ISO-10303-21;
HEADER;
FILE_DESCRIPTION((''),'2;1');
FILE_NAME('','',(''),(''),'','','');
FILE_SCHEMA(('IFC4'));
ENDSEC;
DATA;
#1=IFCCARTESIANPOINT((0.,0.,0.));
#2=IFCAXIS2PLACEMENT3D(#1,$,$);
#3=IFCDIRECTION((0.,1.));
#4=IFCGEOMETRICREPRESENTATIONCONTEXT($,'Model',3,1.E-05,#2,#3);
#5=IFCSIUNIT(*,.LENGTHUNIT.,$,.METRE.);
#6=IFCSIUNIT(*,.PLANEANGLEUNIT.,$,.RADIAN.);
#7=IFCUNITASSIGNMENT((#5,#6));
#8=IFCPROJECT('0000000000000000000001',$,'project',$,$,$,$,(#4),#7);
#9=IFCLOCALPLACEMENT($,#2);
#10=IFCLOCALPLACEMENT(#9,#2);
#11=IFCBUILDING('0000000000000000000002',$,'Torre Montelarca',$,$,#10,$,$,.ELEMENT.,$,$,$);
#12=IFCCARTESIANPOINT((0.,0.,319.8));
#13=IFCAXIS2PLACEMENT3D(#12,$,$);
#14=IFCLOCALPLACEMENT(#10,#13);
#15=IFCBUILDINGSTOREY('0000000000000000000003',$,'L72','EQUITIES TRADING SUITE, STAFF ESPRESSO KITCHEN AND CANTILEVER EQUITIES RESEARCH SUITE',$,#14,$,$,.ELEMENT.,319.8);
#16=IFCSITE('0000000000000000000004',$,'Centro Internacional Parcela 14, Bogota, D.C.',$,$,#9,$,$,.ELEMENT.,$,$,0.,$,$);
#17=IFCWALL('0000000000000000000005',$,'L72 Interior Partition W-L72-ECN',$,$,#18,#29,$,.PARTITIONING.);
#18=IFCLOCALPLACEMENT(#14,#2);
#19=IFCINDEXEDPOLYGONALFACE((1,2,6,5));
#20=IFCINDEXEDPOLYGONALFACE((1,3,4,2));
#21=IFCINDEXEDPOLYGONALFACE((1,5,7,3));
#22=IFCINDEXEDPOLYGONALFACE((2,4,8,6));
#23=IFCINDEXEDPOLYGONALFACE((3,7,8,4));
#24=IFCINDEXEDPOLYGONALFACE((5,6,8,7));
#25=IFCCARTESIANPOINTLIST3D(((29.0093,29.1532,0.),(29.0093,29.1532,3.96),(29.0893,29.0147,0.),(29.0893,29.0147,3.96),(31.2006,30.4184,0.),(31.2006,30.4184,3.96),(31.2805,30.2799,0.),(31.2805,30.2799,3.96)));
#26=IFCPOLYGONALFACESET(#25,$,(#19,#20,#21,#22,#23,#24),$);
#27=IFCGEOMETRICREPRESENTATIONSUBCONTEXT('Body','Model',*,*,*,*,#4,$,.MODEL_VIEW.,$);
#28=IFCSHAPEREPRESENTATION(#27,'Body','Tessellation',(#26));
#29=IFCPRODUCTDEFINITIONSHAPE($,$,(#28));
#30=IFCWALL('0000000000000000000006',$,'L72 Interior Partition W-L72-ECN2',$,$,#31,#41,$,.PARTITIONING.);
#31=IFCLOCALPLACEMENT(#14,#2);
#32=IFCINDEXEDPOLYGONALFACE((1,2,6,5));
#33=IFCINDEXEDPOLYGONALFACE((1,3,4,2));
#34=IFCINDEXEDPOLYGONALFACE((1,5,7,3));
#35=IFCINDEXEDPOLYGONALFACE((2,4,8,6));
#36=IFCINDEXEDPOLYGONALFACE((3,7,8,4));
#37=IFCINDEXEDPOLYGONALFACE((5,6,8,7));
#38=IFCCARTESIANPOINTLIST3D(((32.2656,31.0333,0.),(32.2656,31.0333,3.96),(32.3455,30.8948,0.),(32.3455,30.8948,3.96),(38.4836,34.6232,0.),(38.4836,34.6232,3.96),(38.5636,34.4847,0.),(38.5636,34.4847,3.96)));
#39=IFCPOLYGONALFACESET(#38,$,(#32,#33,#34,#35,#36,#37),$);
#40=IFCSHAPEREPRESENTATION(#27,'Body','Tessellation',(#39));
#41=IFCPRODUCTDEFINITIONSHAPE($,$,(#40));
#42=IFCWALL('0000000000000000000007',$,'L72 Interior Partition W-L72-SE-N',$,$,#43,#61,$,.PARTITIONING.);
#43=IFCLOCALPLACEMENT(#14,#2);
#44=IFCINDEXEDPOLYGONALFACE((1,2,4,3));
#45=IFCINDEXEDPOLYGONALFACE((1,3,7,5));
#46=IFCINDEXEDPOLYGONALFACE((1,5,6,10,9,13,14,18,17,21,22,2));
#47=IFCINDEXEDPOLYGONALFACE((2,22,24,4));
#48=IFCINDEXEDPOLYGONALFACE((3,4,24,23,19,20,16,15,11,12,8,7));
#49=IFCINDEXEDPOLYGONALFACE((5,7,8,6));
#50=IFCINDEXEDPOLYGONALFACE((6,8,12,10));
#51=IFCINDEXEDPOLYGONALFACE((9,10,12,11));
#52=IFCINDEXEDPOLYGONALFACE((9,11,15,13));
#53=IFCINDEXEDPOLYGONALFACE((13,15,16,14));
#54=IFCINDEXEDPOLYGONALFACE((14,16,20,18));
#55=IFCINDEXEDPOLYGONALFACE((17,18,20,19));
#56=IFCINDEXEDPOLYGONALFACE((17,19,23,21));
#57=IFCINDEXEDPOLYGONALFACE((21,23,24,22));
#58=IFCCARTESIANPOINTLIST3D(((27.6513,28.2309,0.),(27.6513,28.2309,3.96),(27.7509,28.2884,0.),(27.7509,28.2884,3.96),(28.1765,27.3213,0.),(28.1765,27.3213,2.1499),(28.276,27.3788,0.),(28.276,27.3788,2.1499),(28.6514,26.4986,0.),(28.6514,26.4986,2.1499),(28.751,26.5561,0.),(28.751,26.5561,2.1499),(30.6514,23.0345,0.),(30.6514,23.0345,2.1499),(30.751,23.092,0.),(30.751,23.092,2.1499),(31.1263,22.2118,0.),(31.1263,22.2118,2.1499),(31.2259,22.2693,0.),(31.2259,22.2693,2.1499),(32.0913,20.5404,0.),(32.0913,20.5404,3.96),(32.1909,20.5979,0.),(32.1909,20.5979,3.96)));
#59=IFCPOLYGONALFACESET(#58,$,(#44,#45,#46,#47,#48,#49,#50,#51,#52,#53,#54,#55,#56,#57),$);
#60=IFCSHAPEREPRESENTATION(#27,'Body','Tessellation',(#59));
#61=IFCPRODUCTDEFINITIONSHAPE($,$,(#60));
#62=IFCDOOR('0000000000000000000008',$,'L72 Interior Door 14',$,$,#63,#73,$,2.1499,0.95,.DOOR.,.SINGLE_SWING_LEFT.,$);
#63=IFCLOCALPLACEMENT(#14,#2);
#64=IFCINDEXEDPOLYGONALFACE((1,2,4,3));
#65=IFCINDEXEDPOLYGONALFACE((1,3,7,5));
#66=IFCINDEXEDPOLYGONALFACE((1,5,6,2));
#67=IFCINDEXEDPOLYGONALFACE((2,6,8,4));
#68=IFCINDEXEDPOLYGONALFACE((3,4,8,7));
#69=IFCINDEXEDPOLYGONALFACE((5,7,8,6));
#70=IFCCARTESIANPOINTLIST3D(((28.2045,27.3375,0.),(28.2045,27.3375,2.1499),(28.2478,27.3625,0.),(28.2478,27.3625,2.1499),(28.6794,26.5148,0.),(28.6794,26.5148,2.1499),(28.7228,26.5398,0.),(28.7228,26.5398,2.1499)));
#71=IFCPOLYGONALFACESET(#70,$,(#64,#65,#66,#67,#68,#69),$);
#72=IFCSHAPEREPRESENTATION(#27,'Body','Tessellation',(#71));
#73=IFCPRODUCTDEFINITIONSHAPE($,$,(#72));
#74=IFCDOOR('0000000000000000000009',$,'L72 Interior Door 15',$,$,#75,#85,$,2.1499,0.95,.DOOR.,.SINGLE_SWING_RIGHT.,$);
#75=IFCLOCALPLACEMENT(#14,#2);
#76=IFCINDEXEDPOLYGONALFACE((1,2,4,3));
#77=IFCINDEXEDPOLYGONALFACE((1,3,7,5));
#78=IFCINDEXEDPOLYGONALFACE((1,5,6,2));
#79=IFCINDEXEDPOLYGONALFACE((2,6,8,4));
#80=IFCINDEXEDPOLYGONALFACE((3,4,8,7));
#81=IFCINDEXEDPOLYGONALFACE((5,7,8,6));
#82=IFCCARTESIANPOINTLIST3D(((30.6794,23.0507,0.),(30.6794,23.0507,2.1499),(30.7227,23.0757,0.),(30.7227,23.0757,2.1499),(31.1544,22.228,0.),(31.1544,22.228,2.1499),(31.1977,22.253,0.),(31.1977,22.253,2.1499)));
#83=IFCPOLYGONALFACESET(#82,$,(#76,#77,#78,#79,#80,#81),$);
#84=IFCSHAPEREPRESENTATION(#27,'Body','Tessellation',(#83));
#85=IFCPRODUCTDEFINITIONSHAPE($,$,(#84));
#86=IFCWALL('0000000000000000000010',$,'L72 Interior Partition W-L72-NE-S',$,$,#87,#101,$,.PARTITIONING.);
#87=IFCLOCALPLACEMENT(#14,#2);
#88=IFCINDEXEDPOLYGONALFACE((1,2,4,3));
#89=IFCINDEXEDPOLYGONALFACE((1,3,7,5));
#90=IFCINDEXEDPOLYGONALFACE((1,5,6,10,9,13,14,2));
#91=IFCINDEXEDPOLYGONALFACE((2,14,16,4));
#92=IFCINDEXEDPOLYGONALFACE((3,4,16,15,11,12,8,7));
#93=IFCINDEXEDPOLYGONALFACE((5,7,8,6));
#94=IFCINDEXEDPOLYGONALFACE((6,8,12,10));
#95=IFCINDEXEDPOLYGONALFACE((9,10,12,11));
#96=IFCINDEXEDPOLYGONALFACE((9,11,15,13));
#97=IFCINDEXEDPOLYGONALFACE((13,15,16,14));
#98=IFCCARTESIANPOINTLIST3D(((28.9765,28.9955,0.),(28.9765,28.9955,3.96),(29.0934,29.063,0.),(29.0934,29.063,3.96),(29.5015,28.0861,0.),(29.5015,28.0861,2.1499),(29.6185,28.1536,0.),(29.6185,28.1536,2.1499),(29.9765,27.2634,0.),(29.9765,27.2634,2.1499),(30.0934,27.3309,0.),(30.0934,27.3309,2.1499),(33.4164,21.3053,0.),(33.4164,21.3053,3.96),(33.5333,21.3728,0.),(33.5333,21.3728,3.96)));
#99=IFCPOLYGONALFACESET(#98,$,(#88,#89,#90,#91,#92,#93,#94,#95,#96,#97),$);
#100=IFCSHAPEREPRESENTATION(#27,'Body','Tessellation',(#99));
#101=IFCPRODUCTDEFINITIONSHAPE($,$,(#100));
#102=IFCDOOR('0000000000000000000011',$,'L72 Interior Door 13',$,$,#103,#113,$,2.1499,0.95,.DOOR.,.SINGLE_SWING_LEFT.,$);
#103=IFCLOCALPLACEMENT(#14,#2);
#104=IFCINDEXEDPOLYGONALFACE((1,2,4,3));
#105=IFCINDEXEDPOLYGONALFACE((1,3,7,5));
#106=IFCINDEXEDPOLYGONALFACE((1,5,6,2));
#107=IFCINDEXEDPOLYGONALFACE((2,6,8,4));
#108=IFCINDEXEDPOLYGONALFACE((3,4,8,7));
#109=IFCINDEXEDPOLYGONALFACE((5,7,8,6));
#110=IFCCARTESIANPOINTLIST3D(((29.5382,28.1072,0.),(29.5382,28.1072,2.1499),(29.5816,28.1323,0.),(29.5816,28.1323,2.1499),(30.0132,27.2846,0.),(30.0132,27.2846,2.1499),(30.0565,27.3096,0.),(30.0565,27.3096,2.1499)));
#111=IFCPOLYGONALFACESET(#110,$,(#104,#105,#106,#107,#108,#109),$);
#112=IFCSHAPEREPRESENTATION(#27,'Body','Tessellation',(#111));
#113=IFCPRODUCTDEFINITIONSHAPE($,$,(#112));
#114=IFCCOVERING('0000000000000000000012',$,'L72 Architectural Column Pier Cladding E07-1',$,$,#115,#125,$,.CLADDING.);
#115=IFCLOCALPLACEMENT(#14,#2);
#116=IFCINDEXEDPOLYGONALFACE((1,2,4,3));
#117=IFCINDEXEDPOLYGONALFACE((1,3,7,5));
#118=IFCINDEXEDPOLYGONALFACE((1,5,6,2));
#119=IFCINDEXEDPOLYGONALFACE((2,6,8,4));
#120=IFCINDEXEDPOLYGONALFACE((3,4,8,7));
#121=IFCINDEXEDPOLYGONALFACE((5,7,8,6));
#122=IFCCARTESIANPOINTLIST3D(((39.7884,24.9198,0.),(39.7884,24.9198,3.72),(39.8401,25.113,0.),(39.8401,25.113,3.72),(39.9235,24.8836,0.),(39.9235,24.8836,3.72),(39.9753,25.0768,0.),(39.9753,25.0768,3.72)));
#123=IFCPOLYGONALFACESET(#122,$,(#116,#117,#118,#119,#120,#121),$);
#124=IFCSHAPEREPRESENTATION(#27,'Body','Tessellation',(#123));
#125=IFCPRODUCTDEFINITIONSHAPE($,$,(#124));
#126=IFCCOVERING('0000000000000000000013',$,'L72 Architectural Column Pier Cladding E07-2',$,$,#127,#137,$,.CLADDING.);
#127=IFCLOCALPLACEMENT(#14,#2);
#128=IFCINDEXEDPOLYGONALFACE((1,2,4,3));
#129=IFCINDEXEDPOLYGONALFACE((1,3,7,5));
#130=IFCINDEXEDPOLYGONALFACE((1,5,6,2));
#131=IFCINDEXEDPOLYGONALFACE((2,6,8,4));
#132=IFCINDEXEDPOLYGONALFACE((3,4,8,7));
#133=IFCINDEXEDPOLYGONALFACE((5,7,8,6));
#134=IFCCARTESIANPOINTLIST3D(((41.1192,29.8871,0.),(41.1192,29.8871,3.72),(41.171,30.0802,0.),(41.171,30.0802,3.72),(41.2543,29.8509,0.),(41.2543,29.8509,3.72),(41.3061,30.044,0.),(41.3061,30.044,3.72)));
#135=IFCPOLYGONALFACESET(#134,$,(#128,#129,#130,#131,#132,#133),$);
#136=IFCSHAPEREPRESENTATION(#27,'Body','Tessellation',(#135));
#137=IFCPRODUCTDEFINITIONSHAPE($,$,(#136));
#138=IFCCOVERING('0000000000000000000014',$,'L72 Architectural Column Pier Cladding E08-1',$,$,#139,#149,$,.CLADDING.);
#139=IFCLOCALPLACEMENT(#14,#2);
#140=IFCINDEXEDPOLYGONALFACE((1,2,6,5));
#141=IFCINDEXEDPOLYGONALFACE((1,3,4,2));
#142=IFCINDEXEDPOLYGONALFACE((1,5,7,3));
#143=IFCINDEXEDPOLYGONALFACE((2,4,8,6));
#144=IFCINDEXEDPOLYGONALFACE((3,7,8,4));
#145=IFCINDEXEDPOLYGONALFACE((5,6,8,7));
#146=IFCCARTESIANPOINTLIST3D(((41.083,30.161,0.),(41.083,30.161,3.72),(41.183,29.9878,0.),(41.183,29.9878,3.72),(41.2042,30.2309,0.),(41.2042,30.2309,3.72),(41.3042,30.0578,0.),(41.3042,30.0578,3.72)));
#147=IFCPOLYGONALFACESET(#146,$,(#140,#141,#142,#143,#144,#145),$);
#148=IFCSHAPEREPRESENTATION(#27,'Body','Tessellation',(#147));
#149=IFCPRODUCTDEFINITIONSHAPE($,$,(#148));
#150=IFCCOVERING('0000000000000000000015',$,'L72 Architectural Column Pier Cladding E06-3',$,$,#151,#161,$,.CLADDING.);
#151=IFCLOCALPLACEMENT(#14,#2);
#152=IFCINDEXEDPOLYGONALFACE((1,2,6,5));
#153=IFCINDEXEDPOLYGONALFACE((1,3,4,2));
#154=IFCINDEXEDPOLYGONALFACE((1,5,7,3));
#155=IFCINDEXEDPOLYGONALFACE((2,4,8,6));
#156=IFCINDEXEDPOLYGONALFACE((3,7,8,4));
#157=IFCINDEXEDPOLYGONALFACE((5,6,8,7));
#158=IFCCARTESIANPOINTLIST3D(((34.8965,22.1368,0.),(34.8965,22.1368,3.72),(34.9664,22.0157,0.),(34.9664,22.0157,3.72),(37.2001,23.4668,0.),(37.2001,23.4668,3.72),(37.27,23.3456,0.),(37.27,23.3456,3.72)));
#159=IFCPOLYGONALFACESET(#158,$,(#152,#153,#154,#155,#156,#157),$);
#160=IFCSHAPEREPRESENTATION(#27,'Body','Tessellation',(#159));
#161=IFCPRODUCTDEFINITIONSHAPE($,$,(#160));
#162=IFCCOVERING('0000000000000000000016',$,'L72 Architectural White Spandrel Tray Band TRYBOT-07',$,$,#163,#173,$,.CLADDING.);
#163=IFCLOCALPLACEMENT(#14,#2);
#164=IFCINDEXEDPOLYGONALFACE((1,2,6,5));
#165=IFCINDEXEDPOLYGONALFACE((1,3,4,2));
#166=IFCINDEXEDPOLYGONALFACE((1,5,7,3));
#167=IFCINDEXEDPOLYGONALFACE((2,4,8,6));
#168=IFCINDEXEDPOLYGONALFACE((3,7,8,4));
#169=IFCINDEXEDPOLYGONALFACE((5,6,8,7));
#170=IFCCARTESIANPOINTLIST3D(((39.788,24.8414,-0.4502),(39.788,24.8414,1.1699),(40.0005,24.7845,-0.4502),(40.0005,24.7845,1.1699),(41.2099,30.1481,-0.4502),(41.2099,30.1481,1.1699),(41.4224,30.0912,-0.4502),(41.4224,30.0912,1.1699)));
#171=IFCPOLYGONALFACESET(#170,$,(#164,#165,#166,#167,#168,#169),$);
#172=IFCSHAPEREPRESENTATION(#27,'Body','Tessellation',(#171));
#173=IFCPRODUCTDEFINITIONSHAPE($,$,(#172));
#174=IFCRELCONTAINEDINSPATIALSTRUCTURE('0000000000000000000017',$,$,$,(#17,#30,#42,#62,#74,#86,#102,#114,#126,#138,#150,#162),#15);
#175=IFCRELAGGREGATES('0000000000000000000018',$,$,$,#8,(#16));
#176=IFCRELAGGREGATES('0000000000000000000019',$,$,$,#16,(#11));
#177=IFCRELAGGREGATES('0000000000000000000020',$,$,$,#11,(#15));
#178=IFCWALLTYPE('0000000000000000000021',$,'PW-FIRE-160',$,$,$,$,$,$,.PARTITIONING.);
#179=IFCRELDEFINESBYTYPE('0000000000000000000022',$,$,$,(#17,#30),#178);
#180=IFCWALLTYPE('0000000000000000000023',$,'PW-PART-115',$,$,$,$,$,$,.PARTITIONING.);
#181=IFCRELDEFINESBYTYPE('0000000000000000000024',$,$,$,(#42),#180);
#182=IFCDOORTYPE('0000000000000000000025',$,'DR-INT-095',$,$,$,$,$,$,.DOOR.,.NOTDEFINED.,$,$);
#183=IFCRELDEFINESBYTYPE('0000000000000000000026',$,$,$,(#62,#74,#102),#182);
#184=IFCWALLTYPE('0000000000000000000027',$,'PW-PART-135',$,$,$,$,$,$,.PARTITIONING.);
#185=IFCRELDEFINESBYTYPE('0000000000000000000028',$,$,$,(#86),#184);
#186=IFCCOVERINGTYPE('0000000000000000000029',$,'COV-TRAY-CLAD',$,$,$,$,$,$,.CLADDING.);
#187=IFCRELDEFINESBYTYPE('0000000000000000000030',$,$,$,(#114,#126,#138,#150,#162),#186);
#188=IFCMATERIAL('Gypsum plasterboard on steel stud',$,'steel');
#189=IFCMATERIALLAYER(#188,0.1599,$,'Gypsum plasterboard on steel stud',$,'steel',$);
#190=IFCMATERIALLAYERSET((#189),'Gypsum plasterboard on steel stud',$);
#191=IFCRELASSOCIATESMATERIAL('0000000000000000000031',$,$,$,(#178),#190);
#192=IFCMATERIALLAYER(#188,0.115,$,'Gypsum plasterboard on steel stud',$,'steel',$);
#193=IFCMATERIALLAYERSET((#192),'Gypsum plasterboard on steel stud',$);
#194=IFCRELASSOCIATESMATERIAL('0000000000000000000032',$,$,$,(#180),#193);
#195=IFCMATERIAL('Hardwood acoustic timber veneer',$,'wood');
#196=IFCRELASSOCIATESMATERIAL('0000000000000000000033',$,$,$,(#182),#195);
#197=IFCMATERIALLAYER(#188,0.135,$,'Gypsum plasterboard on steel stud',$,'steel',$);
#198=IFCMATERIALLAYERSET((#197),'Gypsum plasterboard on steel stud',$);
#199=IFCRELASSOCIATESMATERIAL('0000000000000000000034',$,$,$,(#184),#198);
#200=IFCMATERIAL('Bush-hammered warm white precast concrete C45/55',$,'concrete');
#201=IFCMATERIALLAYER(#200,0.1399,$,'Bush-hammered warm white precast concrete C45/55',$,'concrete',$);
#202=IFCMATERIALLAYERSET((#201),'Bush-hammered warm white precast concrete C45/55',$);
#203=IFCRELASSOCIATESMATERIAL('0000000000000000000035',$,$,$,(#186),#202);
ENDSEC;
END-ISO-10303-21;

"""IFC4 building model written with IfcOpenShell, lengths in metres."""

from ifc_helpers import new_model, si_unit, direction, frame, frame_2d, origin, origin_2d, place, context, subcontext, project, spatial, rectangle, extrude, source, transform, mapped, material, layer, layer_set, type_object, element, fill, save


model = new_model("IFC4")

# Units and contexts
model_context = context("Model", 3, precision=1e-05, world=origin(), true_north=direction((0.0, 1.0)))
body_context = subcontext(model_context, "Body", "Model", "MODEL_VIEW")
ifc_project = project(units=[si_unit("LENGTHUNIT", "METRE"), si_unit("PLANEANGLEUNIT", "RADIAN")], contexts=[model_context])

# Site, building, storey
site_placement = place(None, origin())
site = spatial("IfcSite", under=ifc_project, at=site_placement, Name="Centro Internacional Parcela 14, Bogota, D.C.", CompositionType="ELEMENT", RefElevation=0.0)
building_placement = place(site_placement, origin())
building = spatial("IfcBuilding", under=site, at=building_placement, Name="Torre Montelarca", CompositionType="ELEMENT")
storey_placement = place(building_placement, frame((0.0, 0.0, 319.8)))
storey = spatial("IfcBuildingStorey", under=building, at=storey_placement, Name="L72", Description="EQUITIES TRADING SUITE, STAFF ESPRESSO KITCHEN AND CANTILEVER EQUITIES RESEARCH SUITE", CompositionType="ELEMENT", Elevation=319.8)

# Walls
ifc_material_1 = material(Name="Gypsum plasterboard on steel stud", Category="steel")
ifc_layer_1 = layer(ifc_material_1, 0.1599, Name="Gypsum plasterboard on steel stud", Category="steel")
ifc_layer_set_1 = layer_set([ifc_layer_1], Name="Gypsum plasterboard on steel stud")
wall_type_1 = type_object("IfcWallType", Name="PW-FIRE-160", PredefinedType="PARTITIONING", material=ifc_layer_set_1)
wall_1_placement = place(storey_placement, frame((29.0493, 29.084, 0.0), z_axis=(0.0, 0.0, 1.0), x_axis=(0.866014, 0.50002, 0.0)))
element("IfcWall", 1, at=wall_1_placement, inside=storey, type_object=wall_type_1, Name="L72 Interior Partition W-L72-ECN", PredefinedType="PARTITIONING", context=body_context, shape_type="SweptSolid", body=[
    extrude(rectangle(XDim=2.5303, YDim=0.1599, at=frame_2d((1.2651, 0.0))), origin(), (0.0, 0.0, 1.0), 3.96),
])
wall_2_placement = place(storey_placement, frame((32.3057, 30.9641, 0.0), z_axis=(0.0, 0.0, 1.0), x_axis=(0.866033, 0.499986, 0.0)))
element("IfcWall", 2, at=wall_2_placement, inside=storey, type_object=wall_type_1, Name="L72 Interior Partition W-L72-ECN2", PredefinedType="PARTITIONING", context=body_context, shape_type="SweptSolid", body=[
    extrude(rectangle(XDim=7.1799, YDim=0.1599, at=frame_2d((3.5898, 0.0))), origin(), (0.0, 0.0, 1.0), 3.96),
])

# Wall, openings, doors
ifc_layer_2 = layer(ifc_material_1, 0.115, Name="Gypsum plasterboard on steel stud", Category="steel")
ifc_layer_set_2 = layer_set([ifc_layer_2], Name="Gypsum plasterboard on steel stud")
wall_type_2 = type_object("IfcWallType", Name="PW-PART-115", PredefinedType="PARTITIONING", material=ifc_layer_set_2)
wall_3_placement = place(storey_placement, frame((27.7012, 28.2595, 0.0), z_axis=(0.0, 0.0, 1.0), x_axis=(0.499989, -0.866032, 0.0)))
wall_3 = element("IfcWall", 3, at=wall_3_placement, inside=storey, type_object=wall_type_2, Name="L72 Interior Partition W-L72-SE-N", PredefinedType="PARTITIONING", context=body_context, shape_type="SweptSolid", body=[
    extrude(rectangle(XDim=8.8801, YDim=0.115, at=frame_2d((4.4399, 0.0))), origin(), (0.0, 0.0, 1.0), 3.96),
])
opening_1_placement = place(wall_3_placement, frame((1.05, 0.0, 0.0)))
opening_1 = element("IfcOpeningElement", 4, at=opening_1_placement, cuts=wall_3, PredefinedType="OPENING", context=body_context, shape_type="SweptSolid", body=[
    extrude(rectangle(XDim=0.95, YDim=2.1499, at=frame_2d((0.4751, 1.075))), frame((0.0, 0.0674, 0.0), z_axis=(0.0, -1.0, 0.0), x_axis=(1.0, 0.0, 0.0)), (0.0, 0.0, 1.0), 0.135),
])
opening_2_placement = place(wall_3_placement, frame((6.0, 0.0, 0.0)))
opening_2 = element("IfcOpeningElement", 5, at=opening_2_placement, cuts=wall_3, PredefinedType="OPENING", context=body_context, shape_type="SweptSolid", body=[
    extrude(rectangle(XDim=0.95, YDim=2.1499, at=frame_2d((0.4751, 1.075))), frame((0.0, 0.0674, 0.0), z_axis=(0.0, -1.0, 0.0), x_axis=(1.0, 0.0, 0.0)), (0.0, 0.0, 1.0), 0.135),
])
ifc_material_2 = material(Name="Hardwood acoustic timber veneer", Category="wood")
door_type = type_object("IfcDoorType", Name="DR-INT-095", OperationType="NOTDEFINED", PredefinedType="DOOR", material=ifc_material_2)
shared_shape_1 = source(origin(), body_context, "Body", "SweptSolid", [
    extrude(rectangle(XDim=0.95, YDim=2.1499, at=frame_2d((0.4751, 1.075))), frame((0.0, 0.0249, 0.0), z_axis=(0.0, -1.0, 0.0), x_axis=(1.0, 0.0, 0.0)), (0.0, 0.0, 1.0), 0.05),
])
door_1_placement = place(opening_1_placement, origin())
door_1 = element("IfcDoor", 6, at=door_1_placement, inside=storey, type_object=door_type, Name="L72 Interior Door 14", OperationType="SINGLE_SWING_LEFT", OverallHeight=2.1499, OverallWidth=0.95, PredefinedType="DOOR", context=body_context, shape_type="MappedRepresentation", body=[
    mapped(shared_shape_1, transform((0.0, 0.0, 0.0), scale=1.0)),
])
fill(opening_1, door_1)
door_2_placement = place(opening_2_placement, origin())
door_2 = element("IfcDoor", 7, at=door_2_placement, inside=storey, type_object=door_type, Name="L72 Interior Door 15", OperationType="SINGLE_SWING_RIGHT", OverallHeight=2.1499, OverallWidth=0.95, PredefinedType="DOOR", context=body_context, shape_type="MappedRepresentation", body=[
    mapped(shared_shape_1, transform((0.0, 0.0, 0.0), scale=1.0)),
])
fill(opening_2, door_2)

# Wall, opening, door
ifc_layer_3 = layer(ifc_material_1, 0.135, Name="Gypsum plasterboard on steel stud", Category="steel")
ifc_layer_set_3 = layer_set([ifc_layer_3], Name="Gypsum plasterboard on steel stud")
wall_type_3 = type_object("IfcWallType", Name="PW-PART-135", PredefinedType="PARTITIONING", material=ifc_layer_set_3)
wall_4_placement = place(storey_placement, frame((29.0349, 29.0293, 0.0), z_axis=(0.0, 0.0, 1.0), x_axis=(0.500001, -0.866025, 0.0)))
wall_4 = element("IfcWall", 8, at=wall_4_placement, inside=storey, type_object=wall_type_3, Name="L72 Interior Partition W-L72-NE-S", PredefinedType="PARTITIONING", context=body_context, shape_type="SweptSolid", body=[
    extrude(rectangle(XDim=8.8799, YDim=0.135, at=frame_2d((4.4399, 0.0))), origin(), (0.0, 0.0, 1.0), 3.96),
])
opening_3_placement = place(wall_4_placement, frame((1.05, 0.0, 0.0)))
opening_3 = element("IfcOpeningElement", 9, at=opening_3_placement, cuts=wall_4, PredefinedType="OPENING", context=body_context, shape_type="SweptSolid", body=[
    extrude(rectangle(XDim=0.95, YDim=2.1499, at=frame_2d((0.4751, 1.075))), frame((0.0, 0.0776, 0.0), z_axis=(0.0, -1.0, 0.0), x_axis=(1.0, 0.0, 0.0)), (0.0, 0.0, 1.0), 0.155),
])
door_3_placement = place(opening_3_placement, origin())
door_3 = element("IfcDoor", 10, at=door_3_placement, inside=storey, type_object=door_type, Name="L72 Interior Door 13", OperationType="SINGLE_SWING_LEFT", OverallHeight=2.1499, OverallWidth=0.95, PredefinedType="DOOR", context=body_context, shape_type="MappedRepresentation", body=[
    mapped(shared_shape_1, transform((0.0, 0.0, 0.0), scale=1.0)),
])
fill(opening_3, door_3)

# Coverings
ifc_material_3 = material(Name="Bush-hammered warm white precast concrete C45/55", Category="concrete")
ifc_layer_4 = layer(ifc_material_3, 0.1399, Name="Bush-hammered warm white precast concrete C45/55", Category="concrete")
ifc_layer_set_4 = layer_set([ifc_layer_4], Name="Bush-hammered warm white precast concrete C45/55")
covering_type = type_object("IfcCoveringType", Name="COV-TRAY-CLAD", PredefinedType="CLADDING", material=ifc_layer_set_4)
shared_shape_2 = source(origin(), body_context, "Body", "SweptSolid", [
    extrude(rectangle(XDim=0.2, YDim=0.1399, at=origin_2d()), origin(), (0.0, 0.0, 1.0), 3.72),
])
for number, where, z_axis, x_axis, name in (
    (11, (39.8818, 24.9983, 0.0), (0.0, 0.0, 1.0), (0.258821, 0.965925, 0.0), "L72 Architectural Column Pier Cladding E07-1"),
    (12, (41.2126, 29.9656, 0.0), (0.0, 0.0, 1.0), (0.258821, 0.965925, 0.0), "L72 Architectural Column Pier Cladding E07-2"),
    (13, (41.1936, 30.1094, 0.0), (0.0, 0.0, 1.0), (-0.500002, 0.866025, 0.0), "L72 Architectural Column Pier Cladding E08-1"),
):
    element("IfcCovering", number, at=place(storey_placement, frame(where, z_axis=z_axis, x_axis=x_axis)), inside=storey, type_object=covering_type, Name=name, PredefinedType="CLADDING", context=body_context, shape_type="MappedRepresentation", body=[
        mapped(shared_shape_2, transform((0.0, 0.0, 0.0), scale=1.0)),
    ])
shared_shape_3 = source(origin(), body_context, "Body", "SweptSolid", [
    extrude(rectangle(XDim=2.6599, YDim=0.1399, at=origin_2d()), origin(), (0.0, 0.0, 1.0), 3.72),
])
covering_1_placement = place(storey_placement, frame((36.0833, 22.7412, 0.0), z_axis=(0.0, 0.0, 1.0), x_axis=(0.866025, 0.5, 0.0)))
element("IfcCovering", 14, at=covering_1_placement, inside=storey, type_object=covering_type, Name="L72 Architectural Column Pier Cladding E06-3", PredefinedType="CLADDING", context=body_context, shape_type="MappedRepresentation", body=[
    mapped(shared_shape_3, transform((0.0, 0.0, 0.0), scale=1.0)),
])
shared_shape_4 = source(origin(), body_context, "Body", "SweptSolid", [
    extrude(rectangle(XDim=5.4939, YDim=0.22, at=origin_2d()), origin(), (0.0, 0.0, 1.0), 1.6201),
])
covering_2_placement = place(storey_placement, frame((40.6052, 27.4663, -0.4502), z_axis=(0.0, 0.0, 1.0), x_axis=(0.258819, 0.965926, 0.0)))
element("IfcCovering", 15, at=covering_2_placement, inside=storey, type_object=covering_type, Name="L72 Architectural White Spandrel Tray Band TRYBOT-07", PredefinedType="CLADDING", context=body_context, shape_type="MappedRepresentation", body=[
    mapped(shared_shape_4, transform((0.0, 0.0, 0.0), scale=1.0)),
])

save(model, "model.ifc")
